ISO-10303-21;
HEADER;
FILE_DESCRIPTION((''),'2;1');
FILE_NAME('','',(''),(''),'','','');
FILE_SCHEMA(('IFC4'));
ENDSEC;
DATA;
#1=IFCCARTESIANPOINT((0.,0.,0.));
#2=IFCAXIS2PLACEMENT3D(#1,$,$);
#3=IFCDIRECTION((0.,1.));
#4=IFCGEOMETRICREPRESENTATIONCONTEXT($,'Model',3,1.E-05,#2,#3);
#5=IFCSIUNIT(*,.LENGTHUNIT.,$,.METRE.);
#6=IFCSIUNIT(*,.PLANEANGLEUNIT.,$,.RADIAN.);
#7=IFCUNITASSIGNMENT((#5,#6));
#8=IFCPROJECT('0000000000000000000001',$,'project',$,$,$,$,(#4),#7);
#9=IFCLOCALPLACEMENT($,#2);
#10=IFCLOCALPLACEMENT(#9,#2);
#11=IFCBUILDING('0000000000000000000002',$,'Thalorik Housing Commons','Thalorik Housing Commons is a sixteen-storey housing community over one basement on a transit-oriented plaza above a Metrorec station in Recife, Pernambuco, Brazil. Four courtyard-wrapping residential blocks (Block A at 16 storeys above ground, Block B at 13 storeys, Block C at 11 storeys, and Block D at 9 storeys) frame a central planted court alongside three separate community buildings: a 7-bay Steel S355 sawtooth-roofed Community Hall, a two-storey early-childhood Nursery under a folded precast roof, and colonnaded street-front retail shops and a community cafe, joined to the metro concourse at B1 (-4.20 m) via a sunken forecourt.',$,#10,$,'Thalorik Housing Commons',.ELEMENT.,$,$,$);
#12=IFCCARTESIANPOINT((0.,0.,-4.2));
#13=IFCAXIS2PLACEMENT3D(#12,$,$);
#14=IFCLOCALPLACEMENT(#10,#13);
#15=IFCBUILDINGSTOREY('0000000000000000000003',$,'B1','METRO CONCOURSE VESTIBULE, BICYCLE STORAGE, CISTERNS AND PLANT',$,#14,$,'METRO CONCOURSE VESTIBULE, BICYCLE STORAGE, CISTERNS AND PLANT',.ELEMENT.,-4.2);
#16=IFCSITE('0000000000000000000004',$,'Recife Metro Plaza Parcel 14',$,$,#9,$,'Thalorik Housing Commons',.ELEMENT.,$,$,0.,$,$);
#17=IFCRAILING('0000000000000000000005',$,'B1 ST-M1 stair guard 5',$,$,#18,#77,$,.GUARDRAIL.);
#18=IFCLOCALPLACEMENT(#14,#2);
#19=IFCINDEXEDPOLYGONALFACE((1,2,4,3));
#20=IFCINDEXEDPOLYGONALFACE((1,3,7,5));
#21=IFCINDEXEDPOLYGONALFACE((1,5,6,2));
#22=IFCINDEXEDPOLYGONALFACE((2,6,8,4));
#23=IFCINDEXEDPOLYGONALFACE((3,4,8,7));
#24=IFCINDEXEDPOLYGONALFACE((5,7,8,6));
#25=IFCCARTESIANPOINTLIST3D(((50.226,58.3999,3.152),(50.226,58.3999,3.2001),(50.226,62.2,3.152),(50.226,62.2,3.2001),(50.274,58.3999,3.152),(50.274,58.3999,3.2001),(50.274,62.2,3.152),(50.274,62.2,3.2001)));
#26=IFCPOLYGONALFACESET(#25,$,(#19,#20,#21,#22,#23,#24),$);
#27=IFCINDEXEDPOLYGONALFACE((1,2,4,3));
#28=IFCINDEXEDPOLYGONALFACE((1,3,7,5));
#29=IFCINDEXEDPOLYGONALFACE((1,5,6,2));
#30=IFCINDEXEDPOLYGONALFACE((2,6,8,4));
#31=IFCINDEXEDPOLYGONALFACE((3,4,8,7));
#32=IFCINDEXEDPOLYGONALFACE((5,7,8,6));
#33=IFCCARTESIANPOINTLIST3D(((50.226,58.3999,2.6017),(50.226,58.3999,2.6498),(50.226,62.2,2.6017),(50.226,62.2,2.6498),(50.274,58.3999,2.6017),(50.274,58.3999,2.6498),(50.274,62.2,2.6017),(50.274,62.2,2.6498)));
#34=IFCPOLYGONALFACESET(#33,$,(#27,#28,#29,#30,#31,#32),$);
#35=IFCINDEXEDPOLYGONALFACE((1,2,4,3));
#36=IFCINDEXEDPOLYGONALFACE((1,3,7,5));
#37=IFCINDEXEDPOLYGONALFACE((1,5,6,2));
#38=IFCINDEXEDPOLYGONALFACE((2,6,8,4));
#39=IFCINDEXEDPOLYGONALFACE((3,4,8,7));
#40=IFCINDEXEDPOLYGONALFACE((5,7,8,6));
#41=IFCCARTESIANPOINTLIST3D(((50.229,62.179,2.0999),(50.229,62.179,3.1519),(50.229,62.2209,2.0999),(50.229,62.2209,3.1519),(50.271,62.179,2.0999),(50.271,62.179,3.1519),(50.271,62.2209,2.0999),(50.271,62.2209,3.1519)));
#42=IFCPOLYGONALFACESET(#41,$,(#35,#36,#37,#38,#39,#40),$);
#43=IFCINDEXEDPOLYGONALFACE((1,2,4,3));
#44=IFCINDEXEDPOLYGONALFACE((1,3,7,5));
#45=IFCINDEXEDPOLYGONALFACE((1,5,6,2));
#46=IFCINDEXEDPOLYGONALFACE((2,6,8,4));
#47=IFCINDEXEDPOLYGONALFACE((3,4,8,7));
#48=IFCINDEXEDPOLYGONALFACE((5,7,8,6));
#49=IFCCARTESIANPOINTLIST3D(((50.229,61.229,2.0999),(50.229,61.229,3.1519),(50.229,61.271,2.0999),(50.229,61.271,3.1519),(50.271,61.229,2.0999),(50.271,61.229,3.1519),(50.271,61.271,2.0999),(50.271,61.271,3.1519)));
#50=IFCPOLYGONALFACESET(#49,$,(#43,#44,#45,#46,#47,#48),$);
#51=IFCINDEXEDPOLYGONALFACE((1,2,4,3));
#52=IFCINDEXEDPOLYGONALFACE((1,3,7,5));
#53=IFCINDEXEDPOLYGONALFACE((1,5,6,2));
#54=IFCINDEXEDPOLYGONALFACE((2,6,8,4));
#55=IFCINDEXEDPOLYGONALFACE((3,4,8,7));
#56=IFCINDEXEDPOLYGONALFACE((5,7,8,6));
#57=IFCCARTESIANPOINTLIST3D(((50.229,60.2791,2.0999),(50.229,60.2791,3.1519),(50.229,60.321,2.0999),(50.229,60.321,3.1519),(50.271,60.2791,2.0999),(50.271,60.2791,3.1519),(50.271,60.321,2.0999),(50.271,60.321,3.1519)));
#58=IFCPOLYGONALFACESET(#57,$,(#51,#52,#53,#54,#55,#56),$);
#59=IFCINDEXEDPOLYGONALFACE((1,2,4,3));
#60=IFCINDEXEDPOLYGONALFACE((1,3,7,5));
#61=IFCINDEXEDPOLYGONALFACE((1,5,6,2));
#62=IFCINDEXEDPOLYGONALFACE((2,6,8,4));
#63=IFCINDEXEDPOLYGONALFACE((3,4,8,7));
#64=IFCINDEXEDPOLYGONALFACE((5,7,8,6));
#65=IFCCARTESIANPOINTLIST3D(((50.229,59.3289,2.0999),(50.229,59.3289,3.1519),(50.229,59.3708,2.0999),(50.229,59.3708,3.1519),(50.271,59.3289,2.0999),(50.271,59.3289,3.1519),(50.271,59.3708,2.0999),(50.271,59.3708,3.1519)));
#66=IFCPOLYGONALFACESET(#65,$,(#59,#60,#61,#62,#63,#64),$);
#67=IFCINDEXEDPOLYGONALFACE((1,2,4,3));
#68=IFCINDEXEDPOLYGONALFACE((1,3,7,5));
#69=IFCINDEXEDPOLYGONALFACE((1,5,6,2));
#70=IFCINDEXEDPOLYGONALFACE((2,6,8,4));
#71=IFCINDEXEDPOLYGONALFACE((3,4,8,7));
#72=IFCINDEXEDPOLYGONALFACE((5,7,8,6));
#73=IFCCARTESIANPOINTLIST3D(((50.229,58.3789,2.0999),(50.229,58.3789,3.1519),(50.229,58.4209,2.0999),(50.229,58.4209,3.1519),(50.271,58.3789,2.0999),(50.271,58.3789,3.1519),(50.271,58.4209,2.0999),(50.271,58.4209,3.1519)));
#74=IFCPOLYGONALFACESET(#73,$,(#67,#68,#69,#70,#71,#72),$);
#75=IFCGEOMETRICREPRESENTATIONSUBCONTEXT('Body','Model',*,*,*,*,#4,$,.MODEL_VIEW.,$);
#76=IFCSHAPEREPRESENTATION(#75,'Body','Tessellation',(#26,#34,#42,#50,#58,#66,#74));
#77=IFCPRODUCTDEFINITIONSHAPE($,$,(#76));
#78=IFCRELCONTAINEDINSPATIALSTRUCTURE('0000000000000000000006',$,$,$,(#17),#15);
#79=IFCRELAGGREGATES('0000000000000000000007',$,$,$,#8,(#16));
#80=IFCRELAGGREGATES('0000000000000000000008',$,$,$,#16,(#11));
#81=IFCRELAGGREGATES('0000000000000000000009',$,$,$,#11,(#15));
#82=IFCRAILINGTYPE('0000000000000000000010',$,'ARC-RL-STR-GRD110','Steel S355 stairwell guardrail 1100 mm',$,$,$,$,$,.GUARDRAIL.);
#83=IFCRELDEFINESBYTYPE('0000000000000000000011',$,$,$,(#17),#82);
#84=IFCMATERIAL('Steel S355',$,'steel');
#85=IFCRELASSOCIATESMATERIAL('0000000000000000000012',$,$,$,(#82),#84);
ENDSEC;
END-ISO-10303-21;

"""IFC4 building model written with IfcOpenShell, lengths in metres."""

from ifc_helpers import new_model, si_unit, direction, frame, origin, origin_2d, place, context, subcontext, project, spatial, rectangle, extrude, material, type_object, element, save


model = new_model("IFC4")

# Units and contexts
model_context = context("Model", 3, precision=1e-05, world=origin(), true_north=direction((0.0, 1.0)))
body_context = subcontext(model_context, "Body", "Model", "MODEL_VIEW")
ifc_project = project(units=[si_unit("LENGTHUNIT", "METRE"), si_unit("PLANEANGLEUNIT", "RADIAN")], contexts=[model_context])

# Site, building, storey
site_placement = place(None, origin())
site = spatial("IfcSite", under=ifc_project, at=site_placement, Name="Recife Metro Plaza Parcel 14", LongName="Thalorik Housing Commons", CompositionType="ELEMENT", RefElevation=0.0)
building_placement = place(site_placement, origin())
building = spatial("IfcBuilding", under=site, at=building_placement, Name="Thalorik Housing Commons", Description="Thalorik Housing Commons is a sixteen-storey housing community over one basement on a transit-oriented plaza above a Metrorec station in Recife, Pernambuco, Brazil. Four courtyard-wrapping residential blocks (Block A at 16 storeys above ground, Block B at 13 storeys, Block C at 11 storeys, and Block D at 9 storeys) frame a central planted court alongside three separate community buildings: a 7-bay Steel S355 sawtooth-roofed Community Hall, a two-storey early-childhood Nursery under a folded precast roof, and colonnaded street-front retail shops and a community cafe, joined to the metro concourse at B1 (-4.20 m) via a sunken forecourt.", LongName="Thalorik Housing Commons", CompositionType="ELEMENT")
storey_placement = place(building_placement, frame((0.0, 0.0, -4.2)))
storey = spatial("IfcBuildingStorey", under=building, at=storey_placement, Name="B1", Description="METRO CONCOURSE VESTIBULE, BICYCLE STORAGE, CISTERNS AND PLANT", LongName="METRO CONCOURSE VESTIBULE, BICYCLE STORAGE, CISTERNS AND PLANT", CompositionType="ELEMENT", Elevation=-4.2)

# Railing
ifc_material_1 = material(Name="Steel S355", Category="steel")
railing_type = type_object("IfcRailingType", Name="ARC-RL-STR-GRD110", Description="Steel S355 stairwell guardrail 1100 mm", PredefinedType="GUARDRAIL", material=ifc_material_1)
railing_placement = place(storey_placement, frame((50.25, 62.2, 2.0999)))
element("IfcRailing", 1, at=railing_placement, inside=storey, type_object=railing_type, Name="B1 ST-M1 stair guard 5", PredefinedType="GUARDRAIL", context=body_context, shape_type="SweptSolid", body=[
    extrude(rectangle(XDim=0.0481, YDim=0.0481, at=origin_2d()), frame((0.0, 0.0, 1.0762), z_axis=(0.0, -1.0, 0.0), x_axis=(1.0, 0.0, 0.0)), (0.0, 0.0, 1.0), 3.8),
    extrude(rectangle(XDim=0.0481, YDim=0.0481, at=origin_2d()), frame((0.0, 0.0, 0.5259), z_axis=(0.0, -1.0, 0.0), x_axis=(1.0, 0.0, 0.0)), (0.0, 0.0, 1.0), 3.8),
    extrude(rectangle(XDim=0.042, YDim=0.042, at=origin_2d()), origin(), (0.0, 0.0, 1.0), 1.052),
    extrude(rectangle(XDim=0.042, YDim=0.042, at=origin_2d()), frame((0.0, -0.95, 0.0)), (0.0, 0.0, 1.0), 1.052),
    extrude(rectangle(XDim=0.042, YDim=0.042, at=origin_2d()), frame((0.0, -1.8999, 0.0)), (0.0, 0.0, 1.0), 1.052),
    extrude(rectangle(XDim=0.042, YDim=0.042, at=origin_2d()), frame((0.0, -2.8501, 0.0)), (0.0, 0.0, 1.0), 1.052),
    extrude(rectangle(XDim=0.042, YDim=0.042, at=origin_2d()), frame((0.0, -3.8, 0.0)), (0.0, 0.0, 1.0), 1.052),
])

save(model, "model.ifc")
